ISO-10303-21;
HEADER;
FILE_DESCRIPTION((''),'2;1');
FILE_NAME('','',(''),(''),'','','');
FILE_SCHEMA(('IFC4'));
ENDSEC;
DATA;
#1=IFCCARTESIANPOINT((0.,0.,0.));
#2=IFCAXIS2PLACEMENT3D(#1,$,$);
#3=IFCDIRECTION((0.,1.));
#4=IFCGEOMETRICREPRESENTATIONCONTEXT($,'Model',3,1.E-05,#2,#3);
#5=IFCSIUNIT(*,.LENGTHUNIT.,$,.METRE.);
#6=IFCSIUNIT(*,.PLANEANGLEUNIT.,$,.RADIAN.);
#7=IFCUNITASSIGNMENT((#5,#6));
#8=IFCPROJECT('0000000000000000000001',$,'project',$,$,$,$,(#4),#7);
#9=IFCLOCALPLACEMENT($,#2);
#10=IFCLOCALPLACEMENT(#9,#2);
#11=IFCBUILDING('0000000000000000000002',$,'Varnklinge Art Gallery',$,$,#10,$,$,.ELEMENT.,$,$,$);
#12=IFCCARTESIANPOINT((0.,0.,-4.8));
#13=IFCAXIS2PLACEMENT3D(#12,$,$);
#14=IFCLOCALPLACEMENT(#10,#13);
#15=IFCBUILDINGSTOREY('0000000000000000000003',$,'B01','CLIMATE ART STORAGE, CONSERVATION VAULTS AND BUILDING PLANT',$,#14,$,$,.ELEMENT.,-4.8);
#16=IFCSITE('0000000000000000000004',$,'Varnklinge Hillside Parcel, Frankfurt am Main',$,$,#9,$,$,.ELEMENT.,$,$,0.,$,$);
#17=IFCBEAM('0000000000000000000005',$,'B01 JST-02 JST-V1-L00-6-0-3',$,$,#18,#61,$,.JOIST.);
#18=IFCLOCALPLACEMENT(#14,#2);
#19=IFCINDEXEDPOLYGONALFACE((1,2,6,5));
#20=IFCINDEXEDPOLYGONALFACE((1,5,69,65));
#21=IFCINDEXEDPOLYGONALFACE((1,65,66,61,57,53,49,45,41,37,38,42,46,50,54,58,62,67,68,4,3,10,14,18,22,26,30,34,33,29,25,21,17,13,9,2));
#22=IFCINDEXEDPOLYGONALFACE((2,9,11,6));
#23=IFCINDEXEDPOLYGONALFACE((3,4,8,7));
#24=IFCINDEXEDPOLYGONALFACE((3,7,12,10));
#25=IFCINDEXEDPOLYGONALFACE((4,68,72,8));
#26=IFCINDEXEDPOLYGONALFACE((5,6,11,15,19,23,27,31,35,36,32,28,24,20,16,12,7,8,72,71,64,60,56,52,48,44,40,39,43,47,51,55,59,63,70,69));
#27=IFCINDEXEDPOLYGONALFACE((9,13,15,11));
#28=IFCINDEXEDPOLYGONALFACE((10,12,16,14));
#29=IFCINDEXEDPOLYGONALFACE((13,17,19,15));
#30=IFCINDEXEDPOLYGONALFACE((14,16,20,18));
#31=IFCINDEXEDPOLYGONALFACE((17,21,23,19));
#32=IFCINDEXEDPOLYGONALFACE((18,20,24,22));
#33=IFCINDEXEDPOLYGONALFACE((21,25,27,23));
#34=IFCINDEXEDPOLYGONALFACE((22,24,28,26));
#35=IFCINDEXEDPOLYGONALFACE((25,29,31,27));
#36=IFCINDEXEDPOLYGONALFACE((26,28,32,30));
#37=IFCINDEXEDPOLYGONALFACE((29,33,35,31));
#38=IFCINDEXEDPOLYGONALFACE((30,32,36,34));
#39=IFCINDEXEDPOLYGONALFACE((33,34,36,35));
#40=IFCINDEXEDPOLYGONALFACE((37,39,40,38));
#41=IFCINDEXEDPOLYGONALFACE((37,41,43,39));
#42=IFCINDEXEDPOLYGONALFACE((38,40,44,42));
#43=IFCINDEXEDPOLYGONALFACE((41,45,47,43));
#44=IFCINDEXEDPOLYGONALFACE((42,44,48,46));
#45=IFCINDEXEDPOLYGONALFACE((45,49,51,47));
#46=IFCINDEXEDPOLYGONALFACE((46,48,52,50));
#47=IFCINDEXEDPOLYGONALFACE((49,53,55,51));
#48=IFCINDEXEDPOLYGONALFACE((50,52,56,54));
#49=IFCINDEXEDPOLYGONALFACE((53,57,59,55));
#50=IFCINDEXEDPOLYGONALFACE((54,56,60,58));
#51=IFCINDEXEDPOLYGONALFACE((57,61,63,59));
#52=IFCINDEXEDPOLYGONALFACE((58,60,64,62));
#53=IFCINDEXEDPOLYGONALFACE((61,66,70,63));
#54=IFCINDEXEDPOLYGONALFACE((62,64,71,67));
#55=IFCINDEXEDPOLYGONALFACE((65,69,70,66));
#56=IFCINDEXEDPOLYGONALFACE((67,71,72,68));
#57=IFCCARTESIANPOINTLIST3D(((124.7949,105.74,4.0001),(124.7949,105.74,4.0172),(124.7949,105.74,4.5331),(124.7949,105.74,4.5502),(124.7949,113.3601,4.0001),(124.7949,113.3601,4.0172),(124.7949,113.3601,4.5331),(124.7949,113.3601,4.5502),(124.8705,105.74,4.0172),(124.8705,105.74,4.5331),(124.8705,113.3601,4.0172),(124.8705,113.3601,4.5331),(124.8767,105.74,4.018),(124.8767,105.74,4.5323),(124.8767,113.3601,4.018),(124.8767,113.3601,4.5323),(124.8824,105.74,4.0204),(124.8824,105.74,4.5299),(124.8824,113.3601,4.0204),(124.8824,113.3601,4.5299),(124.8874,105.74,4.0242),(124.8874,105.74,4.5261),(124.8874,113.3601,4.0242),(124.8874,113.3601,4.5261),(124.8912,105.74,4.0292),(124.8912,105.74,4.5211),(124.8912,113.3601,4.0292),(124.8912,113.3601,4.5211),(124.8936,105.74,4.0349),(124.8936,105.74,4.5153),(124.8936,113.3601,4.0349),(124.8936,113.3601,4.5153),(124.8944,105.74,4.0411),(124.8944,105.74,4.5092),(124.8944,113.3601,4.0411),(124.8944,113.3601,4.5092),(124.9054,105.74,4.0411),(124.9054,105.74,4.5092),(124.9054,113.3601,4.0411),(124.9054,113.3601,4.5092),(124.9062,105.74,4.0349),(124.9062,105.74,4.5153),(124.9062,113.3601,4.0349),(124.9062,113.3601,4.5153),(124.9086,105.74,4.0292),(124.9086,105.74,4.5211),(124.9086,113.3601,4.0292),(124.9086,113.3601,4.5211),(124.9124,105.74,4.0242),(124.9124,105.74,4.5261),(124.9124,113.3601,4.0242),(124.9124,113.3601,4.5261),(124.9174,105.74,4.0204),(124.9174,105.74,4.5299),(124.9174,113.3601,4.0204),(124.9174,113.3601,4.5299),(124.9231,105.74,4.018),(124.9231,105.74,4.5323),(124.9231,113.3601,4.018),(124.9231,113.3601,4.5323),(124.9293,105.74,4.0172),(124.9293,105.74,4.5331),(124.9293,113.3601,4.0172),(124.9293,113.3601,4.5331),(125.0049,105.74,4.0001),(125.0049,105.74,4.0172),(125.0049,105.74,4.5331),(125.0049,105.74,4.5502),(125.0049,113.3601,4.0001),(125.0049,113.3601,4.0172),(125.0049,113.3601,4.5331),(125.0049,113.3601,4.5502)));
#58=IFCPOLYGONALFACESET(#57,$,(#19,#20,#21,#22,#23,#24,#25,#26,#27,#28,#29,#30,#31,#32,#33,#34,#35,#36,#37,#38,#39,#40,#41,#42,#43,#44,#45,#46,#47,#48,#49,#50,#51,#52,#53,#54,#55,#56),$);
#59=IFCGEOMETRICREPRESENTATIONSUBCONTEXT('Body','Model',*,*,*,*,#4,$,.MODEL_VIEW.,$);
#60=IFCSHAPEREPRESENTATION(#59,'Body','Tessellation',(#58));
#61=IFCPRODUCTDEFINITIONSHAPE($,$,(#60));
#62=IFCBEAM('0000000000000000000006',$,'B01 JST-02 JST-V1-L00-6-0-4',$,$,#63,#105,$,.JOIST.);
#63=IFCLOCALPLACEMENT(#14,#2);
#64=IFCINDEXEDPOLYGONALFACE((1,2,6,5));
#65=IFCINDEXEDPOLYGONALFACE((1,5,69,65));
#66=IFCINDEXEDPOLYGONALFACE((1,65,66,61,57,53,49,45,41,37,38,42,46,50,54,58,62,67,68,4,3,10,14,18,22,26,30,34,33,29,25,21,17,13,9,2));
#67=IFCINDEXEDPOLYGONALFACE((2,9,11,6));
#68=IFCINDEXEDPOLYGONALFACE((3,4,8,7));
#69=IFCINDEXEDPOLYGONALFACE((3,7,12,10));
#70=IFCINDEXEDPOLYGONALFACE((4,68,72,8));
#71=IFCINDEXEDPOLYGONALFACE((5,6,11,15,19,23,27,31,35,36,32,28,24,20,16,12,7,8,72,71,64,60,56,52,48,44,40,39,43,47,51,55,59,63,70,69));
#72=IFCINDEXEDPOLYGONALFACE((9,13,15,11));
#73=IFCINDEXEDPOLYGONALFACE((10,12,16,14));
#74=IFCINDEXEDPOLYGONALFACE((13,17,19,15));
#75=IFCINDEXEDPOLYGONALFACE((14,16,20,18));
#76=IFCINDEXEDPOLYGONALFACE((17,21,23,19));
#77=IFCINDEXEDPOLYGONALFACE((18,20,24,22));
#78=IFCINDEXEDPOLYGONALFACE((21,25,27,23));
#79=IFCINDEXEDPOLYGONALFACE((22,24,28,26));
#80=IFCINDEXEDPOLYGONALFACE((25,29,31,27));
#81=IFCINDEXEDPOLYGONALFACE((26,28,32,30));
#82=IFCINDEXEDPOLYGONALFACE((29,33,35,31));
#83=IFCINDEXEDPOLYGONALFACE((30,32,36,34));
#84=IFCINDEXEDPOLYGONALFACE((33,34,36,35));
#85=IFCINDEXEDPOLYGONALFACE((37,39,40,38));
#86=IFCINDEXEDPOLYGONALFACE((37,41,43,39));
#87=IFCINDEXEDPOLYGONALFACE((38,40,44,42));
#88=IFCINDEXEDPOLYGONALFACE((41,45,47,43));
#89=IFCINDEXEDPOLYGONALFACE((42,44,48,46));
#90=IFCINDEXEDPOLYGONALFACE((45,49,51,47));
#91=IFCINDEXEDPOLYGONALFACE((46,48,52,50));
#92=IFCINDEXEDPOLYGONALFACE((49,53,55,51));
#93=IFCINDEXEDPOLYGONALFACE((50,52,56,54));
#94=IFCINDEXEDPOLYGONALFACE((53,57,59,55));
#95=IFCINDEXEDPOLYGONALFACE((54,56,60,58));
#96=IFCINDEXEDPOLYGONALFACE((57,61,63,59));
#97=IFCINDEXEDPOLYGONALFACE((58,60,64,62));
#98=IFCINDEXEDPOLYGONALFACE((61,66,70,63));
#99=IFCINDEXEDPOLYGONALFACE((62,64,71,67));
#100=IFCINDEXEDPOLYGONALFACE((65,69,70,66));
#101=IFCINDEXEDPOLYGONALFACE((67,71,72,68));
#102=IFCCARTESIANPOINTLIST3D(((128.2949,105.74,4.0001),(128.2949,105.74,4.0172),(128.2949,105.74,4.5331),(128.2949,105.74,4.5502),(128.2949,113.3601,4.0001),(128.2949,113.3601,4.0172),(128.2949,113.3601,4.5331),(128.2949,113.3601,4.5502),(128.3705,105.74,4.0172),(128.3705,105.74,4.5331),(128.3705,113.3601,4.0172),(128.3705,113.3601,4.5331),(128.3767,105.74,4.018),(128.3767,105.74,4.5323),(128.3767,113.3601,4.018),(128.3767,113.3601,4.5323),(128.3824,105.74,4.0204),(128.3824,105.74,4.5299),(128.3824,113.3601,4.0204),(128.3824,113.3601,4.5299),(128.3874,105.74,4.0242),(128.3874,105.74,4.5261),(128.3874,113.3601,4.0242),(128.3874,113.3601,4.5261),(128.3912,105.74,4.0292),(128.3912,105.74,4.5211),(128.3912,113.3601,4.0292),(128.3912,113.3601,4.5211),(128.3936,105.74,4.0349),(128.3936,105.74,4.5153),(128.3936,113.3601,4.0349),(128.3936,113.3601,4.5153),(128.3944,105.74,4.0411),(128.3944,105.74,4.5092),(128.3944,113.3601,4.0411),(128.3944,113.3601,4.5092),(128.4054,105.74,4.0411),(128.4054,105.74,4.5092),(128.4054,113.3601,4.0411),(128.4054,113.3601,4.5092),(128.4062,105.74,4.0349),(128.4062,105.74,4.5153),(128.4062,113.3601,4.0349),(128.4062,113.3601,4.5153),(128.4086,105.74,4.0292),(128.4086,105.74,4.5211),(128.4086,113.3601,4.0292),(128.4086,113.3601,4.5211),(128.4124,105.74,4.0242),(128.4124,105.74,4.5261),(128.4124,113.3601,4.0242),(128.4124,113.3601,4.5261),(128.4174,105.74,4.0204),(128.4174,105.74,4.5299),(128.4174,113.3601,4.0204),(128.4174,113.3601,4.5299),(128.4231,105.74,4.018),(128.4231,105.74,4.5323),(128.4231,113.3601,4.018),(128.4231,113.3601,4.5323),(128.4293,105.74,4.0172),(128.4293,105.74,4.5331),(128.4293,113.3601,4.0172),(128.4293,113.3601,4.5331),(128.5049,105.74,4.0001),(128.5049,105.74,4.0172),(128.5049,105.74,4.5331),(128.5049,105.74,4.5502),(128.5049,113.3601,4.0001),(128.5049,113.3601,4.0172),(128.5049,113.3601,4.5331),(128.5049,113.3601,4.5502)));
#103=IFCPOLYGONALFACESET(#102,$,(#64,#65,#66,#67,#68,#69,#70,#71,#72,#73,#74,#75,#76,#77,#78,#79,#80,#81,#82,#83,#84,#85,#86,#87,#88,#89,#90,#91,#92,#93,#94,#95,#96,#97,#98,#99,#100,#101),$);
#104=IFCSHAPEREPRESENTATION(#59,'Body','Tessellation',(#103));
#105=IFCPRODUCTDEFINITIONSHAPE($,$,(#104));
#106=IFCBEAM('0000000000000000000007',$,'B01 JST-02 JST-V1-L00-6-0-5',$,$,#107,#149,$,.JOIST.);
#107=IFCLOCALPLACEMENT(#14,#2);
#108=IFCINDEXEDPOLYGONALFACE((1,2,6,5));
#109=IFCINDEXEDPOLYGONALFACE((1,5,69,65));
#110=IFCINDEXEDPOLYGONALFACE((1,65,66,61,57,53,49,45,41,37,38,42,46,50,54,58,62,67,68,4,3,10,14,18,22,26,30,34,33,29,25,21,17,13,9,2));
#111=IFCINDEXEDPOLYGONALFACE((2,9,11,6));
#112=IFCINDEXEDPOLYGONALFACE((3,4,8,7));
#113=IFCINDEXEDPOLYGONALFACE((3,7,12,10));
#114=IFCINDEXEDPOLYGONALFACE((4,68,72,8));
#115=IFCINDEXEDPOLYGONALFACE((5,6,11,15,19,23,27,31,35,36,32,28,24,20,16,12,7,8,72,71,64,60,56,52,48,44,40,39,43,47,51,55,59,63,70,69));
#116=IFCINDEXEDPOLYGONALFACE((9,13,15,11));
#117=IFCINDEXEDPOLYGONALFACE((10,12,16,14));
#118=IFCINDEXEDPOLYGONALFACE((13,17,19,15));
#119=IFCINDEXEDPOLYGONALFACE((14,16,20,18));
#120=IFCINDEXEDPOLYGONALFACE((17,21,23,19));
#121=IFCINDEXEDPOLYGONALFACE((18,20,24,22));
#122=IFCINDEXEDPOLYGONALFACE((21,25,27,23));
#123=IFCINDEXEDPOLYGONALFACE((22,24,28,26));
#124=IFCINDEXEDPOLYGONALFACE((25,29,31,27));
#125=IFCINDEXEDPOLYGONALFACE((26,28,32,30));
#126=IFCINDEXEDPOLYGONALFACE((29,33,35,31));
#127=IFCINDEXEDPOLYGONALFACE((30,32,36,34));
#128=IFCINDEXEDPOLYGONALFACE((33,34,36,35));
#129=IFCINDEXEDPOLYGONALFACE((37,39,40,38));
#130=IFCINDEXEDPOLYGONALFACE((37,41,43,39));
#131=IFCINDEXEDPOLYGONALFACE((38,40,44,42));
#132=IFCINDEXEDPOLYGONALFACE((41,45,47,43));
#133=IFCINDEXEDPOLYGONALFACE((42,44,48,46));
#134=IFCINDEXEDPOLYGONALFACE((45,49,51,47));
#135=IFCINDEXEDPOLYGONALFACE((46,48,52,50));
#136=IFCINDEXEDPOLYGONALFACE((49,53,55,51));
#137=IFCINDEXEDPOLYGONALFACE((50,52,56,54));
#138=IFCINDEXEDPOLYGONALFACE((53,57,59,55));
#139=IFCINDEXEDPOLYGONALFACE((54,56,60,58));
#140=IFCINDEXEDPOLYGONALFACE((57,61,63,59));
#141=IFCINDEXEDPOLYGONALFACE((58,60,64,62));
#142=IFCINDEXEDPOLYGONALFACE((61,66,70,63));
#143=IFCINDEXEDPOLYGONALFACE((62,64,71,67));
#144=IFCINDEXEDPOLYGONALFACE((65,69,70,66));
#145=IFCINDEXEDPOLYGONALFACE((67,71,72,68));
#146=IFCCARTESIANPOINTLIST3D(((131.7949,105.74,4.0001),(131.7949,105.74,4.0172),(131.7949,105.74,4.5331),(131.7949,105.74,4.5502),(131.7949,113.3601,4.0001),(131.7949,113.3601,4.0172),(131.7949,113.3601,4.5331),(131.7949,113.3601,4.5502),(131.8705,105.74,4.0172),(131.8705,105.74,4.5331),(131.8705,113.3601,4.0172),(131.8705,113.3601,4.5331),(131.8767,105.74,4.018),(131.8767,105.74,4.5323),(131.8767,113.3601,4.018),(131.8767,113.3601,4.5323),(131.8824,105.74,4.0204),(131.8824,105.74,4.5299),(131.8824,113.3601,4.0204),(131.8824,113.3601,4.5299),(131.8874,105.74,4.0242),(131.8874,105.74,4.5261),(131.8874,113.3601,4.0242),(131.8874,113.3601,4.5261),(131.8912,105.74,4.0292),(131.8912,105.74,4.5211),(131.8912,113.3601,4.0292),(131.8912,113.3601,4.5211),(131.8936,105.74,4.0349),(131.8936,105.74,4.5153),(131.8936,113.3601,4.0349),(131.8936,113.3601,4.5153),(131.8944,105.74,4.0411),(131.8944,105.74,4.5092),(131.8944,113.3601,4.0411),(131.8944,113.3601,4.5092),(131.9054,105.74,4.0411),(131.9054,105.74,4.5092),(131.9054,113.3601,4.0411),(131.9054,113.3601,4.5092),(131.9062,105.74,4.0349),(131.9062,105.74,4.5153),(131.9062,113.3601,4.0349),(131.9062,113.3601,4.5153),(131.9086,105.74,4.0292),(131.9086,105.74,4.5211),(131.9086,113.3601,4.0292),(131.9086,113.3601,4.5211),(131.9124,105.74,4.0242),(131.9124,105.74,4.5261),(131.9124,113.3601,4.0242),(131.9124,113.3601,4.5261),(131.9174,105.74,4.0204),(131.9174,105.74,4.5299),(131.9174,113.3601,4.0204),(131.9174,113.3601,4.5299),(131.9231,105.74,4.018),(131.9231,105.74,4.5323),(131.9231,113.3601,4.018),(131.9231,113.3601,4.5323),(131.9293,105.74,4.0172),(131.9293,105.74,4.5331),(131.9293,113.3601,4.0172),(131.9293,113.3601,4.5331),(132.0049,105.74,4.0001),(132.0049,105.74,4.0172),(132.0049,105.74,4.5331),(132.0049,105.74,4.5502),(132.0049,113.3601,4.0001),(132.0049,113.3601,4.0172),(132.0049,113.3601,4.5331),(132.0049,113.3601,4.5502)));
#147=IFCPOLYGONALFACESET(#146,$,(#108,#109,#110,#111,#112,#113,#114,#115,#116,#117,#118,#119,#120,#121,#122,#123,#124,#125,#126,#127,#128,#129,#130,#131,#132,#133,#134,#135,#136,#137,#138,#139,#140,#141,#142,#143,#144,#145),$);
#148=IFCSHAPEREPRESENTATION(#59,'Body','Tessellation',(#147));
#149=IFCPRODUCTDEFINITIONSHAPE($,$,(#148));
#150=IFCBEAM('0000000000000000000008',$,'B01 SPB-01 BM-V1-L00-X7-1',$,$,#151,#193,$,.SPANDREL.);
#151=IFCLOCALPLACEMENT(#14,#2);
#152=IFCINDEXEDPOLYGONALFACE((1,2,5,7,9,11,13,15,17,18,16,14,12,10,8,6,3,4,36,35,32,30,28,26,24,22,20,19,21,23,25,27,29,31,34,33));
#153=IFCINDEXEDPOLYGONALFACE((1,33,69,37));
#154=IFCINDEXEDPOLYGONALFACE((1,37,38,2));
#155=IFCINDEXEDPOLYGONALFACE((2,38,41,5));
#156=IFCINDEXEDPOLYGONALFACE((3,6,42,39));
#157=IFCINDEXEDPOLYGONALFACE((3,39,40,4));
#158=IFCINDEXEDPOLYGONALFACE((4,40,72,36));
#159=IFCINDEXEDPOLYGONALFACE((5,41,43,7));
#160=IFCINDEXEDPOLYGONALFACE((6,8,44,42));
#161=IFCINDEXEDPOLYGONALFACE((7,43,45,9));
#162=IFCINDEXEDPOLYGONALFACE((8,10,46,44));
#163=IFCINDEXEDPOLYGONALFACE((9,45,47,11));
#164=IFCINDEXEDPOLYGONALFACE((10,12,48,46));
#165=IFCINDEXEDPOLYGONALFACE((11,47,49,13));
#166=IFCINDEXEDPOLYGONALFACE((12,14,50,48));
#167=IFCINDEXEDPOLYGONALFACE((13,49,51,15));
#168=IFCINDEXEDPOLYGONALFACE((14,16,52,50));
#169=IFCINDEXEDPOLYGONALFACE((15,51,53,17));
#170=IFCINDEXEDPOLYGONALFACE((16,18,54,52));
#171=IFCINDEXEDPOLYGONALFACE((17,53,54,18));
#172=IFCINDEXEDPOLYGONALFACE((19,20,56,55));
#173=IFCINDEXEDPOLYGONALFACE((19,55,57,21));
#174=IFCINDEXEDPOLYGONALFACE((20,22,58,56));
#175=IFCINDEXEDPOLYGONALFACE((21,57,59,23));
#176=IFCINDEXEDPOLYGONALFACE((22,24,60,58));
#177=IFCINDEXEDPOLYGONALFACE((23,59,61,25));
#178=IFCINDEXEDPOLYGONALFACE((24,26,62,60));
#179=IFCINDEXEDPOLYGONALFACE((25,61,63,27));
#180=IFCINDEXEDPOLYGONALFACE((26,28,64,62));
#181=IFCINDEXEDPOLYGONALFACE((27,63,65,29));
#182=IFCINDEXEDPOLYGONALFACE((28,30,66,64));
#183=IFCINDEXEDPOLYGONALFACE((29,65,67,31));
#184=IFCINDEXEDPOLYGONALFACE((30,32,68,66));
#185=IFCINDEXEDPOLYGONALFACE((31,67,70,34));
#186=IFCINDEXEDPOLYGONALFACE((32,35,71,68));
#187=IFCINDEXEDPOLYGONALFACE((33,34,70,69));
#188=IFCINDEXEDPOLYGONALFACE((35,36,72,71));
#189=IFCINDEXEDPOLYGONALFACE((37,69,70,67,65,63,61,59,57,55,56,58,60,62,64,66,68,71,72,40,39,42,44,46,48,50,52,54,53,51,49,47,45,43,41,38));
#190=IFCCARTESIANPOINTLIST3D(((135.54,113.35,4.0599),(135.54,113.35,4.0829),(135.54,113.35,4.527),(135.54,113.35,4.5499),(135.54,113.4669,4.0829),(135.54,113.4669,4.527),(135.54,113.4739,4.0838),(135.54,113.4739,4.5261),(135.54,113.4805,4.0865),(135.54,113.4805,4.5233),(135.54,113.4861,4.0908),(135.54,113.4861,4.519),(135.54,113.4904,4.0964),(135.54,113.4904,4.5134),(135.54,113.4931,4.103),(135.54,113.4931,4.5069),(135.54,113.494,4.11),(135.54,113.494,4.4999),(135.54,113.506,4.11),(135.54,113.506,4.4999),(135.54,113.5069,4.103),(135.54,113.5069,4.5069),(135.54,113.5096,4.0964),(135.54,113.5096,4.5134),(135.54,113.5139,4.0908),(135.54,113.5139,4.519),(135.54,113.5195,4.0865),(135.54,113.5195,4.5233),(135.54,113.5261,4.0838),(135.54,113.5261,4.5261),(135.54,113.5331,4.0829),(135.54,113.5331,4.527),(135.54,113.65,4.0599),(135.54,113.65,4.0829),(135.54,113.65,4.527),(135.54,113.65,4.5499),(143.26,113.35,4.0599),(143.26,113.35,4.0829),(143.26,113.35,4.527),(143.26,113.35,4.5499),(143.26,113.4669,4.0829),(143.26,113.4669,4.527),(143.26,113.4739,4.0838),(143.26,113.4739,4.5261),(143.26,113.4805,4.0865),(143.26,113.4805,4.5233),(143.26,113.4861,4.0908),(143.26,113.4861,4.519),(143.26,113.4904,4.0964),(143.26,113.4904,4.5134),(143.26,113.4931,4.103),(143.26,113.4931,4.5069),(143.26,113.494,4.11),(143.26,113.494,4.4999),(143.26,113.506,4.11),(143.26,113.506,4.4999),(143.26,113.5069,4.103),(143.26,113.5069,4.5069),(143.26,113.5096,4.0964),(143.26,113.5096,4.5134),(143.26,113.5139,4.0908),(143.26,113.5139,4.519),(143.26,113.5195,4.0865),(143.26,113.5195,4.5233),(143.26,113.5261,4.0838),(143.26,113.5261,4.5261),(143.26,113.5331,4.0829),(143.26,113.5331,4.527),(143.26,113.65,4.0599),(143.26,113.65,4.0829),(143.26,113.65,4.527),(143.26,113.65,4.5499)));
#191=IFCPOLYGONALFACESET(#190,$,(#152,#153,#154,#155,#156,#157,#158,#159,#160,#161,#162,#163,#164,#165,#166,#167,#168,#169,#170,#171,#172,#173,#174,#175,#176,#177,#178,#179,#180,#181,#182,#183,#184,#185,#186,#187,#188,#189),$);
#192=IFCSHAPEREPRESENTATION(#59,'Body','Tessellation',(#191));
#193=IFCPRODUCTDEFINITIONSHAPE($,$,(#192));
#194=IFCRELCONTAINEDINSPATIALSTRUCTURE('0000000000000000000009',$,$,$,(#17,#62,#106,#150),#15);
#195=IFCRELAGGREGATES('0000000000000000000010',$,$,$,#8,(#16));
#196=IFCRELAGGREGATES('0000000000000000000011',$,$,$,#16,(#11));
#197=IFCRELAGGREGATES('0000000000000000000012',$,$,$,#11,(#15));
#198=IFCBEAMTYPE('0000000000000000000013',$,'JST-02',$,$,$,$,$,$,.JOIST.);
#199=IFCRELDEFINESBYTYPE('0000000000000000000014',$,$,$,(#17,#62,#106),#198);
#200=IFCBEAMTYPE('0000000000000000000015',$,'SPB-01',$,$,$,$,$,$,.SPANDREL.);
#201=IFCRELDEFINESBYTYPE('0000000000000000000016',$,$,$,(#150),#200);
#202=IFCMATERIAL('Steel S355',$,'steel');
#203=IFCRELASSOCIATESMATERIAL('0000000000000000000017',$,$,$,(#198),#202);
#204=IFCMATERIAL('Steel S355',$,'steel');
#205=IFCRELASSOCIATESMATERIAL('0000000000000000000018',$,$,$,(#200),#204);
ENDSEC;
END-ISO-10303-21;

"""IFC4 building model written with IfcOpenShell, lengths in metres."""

from ifc_helpers import new_model, si_unit, direction, frame, origin, origin_2d, place, context, subcontext, project, spatial, i_section, extrude, material, material_profile, profile_set, type_object, element, save


model = new_model("IFC4")

# Units and contexts
model_context = context("Model", 3, precision=1e-05, world=origin(), true_north=direction((0.0, 1.0)))
body_context = subcontext(model_context, "Body", "Model", "MODEL_VIEW")
ifc_project = project(units=[si_unit("LENGTHUNIT", "METRE"), si_unit("PLANEANGLEUNIT", "RADIAN")], contexts=[model_context])

# Site, building, storey
site_placement = place(None, origin())
site = spatial("IfcSite", under=ifc_project, at=site_placement, Name="Varnklinge Hillside Parcel, Frankfurt am Main", CompositionType="ELEMENT", RefElevation=0.0)
building_placement = place(site_placement, origin())
building = spatial("IfcBuilding", under=site, at=building_placement, Name="Varnklinge Art Gallery", CompositionType="ELEMENT")
storey_placement = place(building_placement, frame((0.0, 0.0, -4.8)))
storey = spatial("IfcBuildingStorey", under=building, at=storey_placement, Name="B01", Description="CLIMATE ART STORAGE, CONSERVATION VAULTS AND BUILDING PLANT", CompositionType="ELEMENT", Elevation=-4.8)

# Beams
ifc_material_1 = material(Name="Steel S355", Category="steel")
ifc_material_profile_1 = material_profile(ifc_material_1, i_section(OverallWidth=0.21, OverallDepth=0.55, WebThickness=0.011, FlangeThickness=0.0171, FilletRadius=0.0239, at=origin_2d()), Name="IPE 550")
ifc_profile_set_1 = profile_set([ifc_material_profile_1], Name="Steel S355")
beam_type_1 = type_object("IfcBeamType", Name="JST-02", PredefinedType="JOIST", material=ifc_profile_set_1)
for number, where, z_axis, x_axis, name in (
    (1, (124.8999, 105.74, 4.2751), (0.0, 1.0, 0.0), (-1.0, 0.0, 0.0), "B01 JST-02 JST-V1-L00-6-0-3"),
    (2, (128.3999, 105.74, 4.2751), (0.0, 1.0, 0.0), (-1.0, 0.0, 0.0), "B01 JST-02 JST-V1-L00-6-0-4"),
    (3, (131.8999, 105.74, 4.2751), (0.0, 1.0, 0.0), (-1.0, 0.0, 0.0), "B01 JST-02 JST-V1-L00-6-0-5"),
):
    element("IfcBeam", number, at=place(storey_placement, frame(where, z_axis=z_axis, x_axis=x_axis)), inside=storey, type_object=beam_type_1, Name=name, PredefinedType="JOIST", context=body_context, shape_type="SweptSolid", body=[
        extrude(i_section(OverallWidth=0.21, OverallDepth=0.55, WebThickness=0.011, FlangeThickness=0.0171, FilletRadius=0.0239, at=origin_2d()), origin(), (0.0, 0.0, 1.0), 7.6201),
    ])
ifc_material_2 = material(Name="Steel S355", Category="steel")
ifc_material_profile_2 = material_profile(ifc_material_2, i_section(OverallWidth=0.3, OverallDepth=0.49, WebThickness=0.012, FlangeThickness=0.0229, FilletRadius=0.0271, at=origin_2d()), Name="HEA 500")
ifc_profile_set_2 = profile_set([ifc_material_profile_2], Name="Steel S355")
beam_type_2 = type_object("IfcBeamType", Name="SPB-01", PredefinedType="SPANDREL", material=ifc_profile_set_2)
beam_1_placement = place(storey_placement, frame((135.54, 113.5, 4.3049), z_axis=(1.0, 0.0, 0.0), x_axis=(0.0, 1.0, 0.0)))
element("IfcBeam", 4, at=beam_1_placement, inside=storey, type_object=beam_type_2, Name="B01 SPB-01 BM-V1-L00-X7-1", PredefinedType="SPANDREL", context=body_context, shape_type="SweptSolid", body=[
    extrude(i_section(OverallWidth=0.3, OverallDepth=0.49, WebThickness=0.012, FlangeThickness=0.0229, FilletRadius=0.0271, at=origin_2d()), origin(), (0.0, 0.0, 1.0), 7.72),
])

save(model, "model.ifc")
